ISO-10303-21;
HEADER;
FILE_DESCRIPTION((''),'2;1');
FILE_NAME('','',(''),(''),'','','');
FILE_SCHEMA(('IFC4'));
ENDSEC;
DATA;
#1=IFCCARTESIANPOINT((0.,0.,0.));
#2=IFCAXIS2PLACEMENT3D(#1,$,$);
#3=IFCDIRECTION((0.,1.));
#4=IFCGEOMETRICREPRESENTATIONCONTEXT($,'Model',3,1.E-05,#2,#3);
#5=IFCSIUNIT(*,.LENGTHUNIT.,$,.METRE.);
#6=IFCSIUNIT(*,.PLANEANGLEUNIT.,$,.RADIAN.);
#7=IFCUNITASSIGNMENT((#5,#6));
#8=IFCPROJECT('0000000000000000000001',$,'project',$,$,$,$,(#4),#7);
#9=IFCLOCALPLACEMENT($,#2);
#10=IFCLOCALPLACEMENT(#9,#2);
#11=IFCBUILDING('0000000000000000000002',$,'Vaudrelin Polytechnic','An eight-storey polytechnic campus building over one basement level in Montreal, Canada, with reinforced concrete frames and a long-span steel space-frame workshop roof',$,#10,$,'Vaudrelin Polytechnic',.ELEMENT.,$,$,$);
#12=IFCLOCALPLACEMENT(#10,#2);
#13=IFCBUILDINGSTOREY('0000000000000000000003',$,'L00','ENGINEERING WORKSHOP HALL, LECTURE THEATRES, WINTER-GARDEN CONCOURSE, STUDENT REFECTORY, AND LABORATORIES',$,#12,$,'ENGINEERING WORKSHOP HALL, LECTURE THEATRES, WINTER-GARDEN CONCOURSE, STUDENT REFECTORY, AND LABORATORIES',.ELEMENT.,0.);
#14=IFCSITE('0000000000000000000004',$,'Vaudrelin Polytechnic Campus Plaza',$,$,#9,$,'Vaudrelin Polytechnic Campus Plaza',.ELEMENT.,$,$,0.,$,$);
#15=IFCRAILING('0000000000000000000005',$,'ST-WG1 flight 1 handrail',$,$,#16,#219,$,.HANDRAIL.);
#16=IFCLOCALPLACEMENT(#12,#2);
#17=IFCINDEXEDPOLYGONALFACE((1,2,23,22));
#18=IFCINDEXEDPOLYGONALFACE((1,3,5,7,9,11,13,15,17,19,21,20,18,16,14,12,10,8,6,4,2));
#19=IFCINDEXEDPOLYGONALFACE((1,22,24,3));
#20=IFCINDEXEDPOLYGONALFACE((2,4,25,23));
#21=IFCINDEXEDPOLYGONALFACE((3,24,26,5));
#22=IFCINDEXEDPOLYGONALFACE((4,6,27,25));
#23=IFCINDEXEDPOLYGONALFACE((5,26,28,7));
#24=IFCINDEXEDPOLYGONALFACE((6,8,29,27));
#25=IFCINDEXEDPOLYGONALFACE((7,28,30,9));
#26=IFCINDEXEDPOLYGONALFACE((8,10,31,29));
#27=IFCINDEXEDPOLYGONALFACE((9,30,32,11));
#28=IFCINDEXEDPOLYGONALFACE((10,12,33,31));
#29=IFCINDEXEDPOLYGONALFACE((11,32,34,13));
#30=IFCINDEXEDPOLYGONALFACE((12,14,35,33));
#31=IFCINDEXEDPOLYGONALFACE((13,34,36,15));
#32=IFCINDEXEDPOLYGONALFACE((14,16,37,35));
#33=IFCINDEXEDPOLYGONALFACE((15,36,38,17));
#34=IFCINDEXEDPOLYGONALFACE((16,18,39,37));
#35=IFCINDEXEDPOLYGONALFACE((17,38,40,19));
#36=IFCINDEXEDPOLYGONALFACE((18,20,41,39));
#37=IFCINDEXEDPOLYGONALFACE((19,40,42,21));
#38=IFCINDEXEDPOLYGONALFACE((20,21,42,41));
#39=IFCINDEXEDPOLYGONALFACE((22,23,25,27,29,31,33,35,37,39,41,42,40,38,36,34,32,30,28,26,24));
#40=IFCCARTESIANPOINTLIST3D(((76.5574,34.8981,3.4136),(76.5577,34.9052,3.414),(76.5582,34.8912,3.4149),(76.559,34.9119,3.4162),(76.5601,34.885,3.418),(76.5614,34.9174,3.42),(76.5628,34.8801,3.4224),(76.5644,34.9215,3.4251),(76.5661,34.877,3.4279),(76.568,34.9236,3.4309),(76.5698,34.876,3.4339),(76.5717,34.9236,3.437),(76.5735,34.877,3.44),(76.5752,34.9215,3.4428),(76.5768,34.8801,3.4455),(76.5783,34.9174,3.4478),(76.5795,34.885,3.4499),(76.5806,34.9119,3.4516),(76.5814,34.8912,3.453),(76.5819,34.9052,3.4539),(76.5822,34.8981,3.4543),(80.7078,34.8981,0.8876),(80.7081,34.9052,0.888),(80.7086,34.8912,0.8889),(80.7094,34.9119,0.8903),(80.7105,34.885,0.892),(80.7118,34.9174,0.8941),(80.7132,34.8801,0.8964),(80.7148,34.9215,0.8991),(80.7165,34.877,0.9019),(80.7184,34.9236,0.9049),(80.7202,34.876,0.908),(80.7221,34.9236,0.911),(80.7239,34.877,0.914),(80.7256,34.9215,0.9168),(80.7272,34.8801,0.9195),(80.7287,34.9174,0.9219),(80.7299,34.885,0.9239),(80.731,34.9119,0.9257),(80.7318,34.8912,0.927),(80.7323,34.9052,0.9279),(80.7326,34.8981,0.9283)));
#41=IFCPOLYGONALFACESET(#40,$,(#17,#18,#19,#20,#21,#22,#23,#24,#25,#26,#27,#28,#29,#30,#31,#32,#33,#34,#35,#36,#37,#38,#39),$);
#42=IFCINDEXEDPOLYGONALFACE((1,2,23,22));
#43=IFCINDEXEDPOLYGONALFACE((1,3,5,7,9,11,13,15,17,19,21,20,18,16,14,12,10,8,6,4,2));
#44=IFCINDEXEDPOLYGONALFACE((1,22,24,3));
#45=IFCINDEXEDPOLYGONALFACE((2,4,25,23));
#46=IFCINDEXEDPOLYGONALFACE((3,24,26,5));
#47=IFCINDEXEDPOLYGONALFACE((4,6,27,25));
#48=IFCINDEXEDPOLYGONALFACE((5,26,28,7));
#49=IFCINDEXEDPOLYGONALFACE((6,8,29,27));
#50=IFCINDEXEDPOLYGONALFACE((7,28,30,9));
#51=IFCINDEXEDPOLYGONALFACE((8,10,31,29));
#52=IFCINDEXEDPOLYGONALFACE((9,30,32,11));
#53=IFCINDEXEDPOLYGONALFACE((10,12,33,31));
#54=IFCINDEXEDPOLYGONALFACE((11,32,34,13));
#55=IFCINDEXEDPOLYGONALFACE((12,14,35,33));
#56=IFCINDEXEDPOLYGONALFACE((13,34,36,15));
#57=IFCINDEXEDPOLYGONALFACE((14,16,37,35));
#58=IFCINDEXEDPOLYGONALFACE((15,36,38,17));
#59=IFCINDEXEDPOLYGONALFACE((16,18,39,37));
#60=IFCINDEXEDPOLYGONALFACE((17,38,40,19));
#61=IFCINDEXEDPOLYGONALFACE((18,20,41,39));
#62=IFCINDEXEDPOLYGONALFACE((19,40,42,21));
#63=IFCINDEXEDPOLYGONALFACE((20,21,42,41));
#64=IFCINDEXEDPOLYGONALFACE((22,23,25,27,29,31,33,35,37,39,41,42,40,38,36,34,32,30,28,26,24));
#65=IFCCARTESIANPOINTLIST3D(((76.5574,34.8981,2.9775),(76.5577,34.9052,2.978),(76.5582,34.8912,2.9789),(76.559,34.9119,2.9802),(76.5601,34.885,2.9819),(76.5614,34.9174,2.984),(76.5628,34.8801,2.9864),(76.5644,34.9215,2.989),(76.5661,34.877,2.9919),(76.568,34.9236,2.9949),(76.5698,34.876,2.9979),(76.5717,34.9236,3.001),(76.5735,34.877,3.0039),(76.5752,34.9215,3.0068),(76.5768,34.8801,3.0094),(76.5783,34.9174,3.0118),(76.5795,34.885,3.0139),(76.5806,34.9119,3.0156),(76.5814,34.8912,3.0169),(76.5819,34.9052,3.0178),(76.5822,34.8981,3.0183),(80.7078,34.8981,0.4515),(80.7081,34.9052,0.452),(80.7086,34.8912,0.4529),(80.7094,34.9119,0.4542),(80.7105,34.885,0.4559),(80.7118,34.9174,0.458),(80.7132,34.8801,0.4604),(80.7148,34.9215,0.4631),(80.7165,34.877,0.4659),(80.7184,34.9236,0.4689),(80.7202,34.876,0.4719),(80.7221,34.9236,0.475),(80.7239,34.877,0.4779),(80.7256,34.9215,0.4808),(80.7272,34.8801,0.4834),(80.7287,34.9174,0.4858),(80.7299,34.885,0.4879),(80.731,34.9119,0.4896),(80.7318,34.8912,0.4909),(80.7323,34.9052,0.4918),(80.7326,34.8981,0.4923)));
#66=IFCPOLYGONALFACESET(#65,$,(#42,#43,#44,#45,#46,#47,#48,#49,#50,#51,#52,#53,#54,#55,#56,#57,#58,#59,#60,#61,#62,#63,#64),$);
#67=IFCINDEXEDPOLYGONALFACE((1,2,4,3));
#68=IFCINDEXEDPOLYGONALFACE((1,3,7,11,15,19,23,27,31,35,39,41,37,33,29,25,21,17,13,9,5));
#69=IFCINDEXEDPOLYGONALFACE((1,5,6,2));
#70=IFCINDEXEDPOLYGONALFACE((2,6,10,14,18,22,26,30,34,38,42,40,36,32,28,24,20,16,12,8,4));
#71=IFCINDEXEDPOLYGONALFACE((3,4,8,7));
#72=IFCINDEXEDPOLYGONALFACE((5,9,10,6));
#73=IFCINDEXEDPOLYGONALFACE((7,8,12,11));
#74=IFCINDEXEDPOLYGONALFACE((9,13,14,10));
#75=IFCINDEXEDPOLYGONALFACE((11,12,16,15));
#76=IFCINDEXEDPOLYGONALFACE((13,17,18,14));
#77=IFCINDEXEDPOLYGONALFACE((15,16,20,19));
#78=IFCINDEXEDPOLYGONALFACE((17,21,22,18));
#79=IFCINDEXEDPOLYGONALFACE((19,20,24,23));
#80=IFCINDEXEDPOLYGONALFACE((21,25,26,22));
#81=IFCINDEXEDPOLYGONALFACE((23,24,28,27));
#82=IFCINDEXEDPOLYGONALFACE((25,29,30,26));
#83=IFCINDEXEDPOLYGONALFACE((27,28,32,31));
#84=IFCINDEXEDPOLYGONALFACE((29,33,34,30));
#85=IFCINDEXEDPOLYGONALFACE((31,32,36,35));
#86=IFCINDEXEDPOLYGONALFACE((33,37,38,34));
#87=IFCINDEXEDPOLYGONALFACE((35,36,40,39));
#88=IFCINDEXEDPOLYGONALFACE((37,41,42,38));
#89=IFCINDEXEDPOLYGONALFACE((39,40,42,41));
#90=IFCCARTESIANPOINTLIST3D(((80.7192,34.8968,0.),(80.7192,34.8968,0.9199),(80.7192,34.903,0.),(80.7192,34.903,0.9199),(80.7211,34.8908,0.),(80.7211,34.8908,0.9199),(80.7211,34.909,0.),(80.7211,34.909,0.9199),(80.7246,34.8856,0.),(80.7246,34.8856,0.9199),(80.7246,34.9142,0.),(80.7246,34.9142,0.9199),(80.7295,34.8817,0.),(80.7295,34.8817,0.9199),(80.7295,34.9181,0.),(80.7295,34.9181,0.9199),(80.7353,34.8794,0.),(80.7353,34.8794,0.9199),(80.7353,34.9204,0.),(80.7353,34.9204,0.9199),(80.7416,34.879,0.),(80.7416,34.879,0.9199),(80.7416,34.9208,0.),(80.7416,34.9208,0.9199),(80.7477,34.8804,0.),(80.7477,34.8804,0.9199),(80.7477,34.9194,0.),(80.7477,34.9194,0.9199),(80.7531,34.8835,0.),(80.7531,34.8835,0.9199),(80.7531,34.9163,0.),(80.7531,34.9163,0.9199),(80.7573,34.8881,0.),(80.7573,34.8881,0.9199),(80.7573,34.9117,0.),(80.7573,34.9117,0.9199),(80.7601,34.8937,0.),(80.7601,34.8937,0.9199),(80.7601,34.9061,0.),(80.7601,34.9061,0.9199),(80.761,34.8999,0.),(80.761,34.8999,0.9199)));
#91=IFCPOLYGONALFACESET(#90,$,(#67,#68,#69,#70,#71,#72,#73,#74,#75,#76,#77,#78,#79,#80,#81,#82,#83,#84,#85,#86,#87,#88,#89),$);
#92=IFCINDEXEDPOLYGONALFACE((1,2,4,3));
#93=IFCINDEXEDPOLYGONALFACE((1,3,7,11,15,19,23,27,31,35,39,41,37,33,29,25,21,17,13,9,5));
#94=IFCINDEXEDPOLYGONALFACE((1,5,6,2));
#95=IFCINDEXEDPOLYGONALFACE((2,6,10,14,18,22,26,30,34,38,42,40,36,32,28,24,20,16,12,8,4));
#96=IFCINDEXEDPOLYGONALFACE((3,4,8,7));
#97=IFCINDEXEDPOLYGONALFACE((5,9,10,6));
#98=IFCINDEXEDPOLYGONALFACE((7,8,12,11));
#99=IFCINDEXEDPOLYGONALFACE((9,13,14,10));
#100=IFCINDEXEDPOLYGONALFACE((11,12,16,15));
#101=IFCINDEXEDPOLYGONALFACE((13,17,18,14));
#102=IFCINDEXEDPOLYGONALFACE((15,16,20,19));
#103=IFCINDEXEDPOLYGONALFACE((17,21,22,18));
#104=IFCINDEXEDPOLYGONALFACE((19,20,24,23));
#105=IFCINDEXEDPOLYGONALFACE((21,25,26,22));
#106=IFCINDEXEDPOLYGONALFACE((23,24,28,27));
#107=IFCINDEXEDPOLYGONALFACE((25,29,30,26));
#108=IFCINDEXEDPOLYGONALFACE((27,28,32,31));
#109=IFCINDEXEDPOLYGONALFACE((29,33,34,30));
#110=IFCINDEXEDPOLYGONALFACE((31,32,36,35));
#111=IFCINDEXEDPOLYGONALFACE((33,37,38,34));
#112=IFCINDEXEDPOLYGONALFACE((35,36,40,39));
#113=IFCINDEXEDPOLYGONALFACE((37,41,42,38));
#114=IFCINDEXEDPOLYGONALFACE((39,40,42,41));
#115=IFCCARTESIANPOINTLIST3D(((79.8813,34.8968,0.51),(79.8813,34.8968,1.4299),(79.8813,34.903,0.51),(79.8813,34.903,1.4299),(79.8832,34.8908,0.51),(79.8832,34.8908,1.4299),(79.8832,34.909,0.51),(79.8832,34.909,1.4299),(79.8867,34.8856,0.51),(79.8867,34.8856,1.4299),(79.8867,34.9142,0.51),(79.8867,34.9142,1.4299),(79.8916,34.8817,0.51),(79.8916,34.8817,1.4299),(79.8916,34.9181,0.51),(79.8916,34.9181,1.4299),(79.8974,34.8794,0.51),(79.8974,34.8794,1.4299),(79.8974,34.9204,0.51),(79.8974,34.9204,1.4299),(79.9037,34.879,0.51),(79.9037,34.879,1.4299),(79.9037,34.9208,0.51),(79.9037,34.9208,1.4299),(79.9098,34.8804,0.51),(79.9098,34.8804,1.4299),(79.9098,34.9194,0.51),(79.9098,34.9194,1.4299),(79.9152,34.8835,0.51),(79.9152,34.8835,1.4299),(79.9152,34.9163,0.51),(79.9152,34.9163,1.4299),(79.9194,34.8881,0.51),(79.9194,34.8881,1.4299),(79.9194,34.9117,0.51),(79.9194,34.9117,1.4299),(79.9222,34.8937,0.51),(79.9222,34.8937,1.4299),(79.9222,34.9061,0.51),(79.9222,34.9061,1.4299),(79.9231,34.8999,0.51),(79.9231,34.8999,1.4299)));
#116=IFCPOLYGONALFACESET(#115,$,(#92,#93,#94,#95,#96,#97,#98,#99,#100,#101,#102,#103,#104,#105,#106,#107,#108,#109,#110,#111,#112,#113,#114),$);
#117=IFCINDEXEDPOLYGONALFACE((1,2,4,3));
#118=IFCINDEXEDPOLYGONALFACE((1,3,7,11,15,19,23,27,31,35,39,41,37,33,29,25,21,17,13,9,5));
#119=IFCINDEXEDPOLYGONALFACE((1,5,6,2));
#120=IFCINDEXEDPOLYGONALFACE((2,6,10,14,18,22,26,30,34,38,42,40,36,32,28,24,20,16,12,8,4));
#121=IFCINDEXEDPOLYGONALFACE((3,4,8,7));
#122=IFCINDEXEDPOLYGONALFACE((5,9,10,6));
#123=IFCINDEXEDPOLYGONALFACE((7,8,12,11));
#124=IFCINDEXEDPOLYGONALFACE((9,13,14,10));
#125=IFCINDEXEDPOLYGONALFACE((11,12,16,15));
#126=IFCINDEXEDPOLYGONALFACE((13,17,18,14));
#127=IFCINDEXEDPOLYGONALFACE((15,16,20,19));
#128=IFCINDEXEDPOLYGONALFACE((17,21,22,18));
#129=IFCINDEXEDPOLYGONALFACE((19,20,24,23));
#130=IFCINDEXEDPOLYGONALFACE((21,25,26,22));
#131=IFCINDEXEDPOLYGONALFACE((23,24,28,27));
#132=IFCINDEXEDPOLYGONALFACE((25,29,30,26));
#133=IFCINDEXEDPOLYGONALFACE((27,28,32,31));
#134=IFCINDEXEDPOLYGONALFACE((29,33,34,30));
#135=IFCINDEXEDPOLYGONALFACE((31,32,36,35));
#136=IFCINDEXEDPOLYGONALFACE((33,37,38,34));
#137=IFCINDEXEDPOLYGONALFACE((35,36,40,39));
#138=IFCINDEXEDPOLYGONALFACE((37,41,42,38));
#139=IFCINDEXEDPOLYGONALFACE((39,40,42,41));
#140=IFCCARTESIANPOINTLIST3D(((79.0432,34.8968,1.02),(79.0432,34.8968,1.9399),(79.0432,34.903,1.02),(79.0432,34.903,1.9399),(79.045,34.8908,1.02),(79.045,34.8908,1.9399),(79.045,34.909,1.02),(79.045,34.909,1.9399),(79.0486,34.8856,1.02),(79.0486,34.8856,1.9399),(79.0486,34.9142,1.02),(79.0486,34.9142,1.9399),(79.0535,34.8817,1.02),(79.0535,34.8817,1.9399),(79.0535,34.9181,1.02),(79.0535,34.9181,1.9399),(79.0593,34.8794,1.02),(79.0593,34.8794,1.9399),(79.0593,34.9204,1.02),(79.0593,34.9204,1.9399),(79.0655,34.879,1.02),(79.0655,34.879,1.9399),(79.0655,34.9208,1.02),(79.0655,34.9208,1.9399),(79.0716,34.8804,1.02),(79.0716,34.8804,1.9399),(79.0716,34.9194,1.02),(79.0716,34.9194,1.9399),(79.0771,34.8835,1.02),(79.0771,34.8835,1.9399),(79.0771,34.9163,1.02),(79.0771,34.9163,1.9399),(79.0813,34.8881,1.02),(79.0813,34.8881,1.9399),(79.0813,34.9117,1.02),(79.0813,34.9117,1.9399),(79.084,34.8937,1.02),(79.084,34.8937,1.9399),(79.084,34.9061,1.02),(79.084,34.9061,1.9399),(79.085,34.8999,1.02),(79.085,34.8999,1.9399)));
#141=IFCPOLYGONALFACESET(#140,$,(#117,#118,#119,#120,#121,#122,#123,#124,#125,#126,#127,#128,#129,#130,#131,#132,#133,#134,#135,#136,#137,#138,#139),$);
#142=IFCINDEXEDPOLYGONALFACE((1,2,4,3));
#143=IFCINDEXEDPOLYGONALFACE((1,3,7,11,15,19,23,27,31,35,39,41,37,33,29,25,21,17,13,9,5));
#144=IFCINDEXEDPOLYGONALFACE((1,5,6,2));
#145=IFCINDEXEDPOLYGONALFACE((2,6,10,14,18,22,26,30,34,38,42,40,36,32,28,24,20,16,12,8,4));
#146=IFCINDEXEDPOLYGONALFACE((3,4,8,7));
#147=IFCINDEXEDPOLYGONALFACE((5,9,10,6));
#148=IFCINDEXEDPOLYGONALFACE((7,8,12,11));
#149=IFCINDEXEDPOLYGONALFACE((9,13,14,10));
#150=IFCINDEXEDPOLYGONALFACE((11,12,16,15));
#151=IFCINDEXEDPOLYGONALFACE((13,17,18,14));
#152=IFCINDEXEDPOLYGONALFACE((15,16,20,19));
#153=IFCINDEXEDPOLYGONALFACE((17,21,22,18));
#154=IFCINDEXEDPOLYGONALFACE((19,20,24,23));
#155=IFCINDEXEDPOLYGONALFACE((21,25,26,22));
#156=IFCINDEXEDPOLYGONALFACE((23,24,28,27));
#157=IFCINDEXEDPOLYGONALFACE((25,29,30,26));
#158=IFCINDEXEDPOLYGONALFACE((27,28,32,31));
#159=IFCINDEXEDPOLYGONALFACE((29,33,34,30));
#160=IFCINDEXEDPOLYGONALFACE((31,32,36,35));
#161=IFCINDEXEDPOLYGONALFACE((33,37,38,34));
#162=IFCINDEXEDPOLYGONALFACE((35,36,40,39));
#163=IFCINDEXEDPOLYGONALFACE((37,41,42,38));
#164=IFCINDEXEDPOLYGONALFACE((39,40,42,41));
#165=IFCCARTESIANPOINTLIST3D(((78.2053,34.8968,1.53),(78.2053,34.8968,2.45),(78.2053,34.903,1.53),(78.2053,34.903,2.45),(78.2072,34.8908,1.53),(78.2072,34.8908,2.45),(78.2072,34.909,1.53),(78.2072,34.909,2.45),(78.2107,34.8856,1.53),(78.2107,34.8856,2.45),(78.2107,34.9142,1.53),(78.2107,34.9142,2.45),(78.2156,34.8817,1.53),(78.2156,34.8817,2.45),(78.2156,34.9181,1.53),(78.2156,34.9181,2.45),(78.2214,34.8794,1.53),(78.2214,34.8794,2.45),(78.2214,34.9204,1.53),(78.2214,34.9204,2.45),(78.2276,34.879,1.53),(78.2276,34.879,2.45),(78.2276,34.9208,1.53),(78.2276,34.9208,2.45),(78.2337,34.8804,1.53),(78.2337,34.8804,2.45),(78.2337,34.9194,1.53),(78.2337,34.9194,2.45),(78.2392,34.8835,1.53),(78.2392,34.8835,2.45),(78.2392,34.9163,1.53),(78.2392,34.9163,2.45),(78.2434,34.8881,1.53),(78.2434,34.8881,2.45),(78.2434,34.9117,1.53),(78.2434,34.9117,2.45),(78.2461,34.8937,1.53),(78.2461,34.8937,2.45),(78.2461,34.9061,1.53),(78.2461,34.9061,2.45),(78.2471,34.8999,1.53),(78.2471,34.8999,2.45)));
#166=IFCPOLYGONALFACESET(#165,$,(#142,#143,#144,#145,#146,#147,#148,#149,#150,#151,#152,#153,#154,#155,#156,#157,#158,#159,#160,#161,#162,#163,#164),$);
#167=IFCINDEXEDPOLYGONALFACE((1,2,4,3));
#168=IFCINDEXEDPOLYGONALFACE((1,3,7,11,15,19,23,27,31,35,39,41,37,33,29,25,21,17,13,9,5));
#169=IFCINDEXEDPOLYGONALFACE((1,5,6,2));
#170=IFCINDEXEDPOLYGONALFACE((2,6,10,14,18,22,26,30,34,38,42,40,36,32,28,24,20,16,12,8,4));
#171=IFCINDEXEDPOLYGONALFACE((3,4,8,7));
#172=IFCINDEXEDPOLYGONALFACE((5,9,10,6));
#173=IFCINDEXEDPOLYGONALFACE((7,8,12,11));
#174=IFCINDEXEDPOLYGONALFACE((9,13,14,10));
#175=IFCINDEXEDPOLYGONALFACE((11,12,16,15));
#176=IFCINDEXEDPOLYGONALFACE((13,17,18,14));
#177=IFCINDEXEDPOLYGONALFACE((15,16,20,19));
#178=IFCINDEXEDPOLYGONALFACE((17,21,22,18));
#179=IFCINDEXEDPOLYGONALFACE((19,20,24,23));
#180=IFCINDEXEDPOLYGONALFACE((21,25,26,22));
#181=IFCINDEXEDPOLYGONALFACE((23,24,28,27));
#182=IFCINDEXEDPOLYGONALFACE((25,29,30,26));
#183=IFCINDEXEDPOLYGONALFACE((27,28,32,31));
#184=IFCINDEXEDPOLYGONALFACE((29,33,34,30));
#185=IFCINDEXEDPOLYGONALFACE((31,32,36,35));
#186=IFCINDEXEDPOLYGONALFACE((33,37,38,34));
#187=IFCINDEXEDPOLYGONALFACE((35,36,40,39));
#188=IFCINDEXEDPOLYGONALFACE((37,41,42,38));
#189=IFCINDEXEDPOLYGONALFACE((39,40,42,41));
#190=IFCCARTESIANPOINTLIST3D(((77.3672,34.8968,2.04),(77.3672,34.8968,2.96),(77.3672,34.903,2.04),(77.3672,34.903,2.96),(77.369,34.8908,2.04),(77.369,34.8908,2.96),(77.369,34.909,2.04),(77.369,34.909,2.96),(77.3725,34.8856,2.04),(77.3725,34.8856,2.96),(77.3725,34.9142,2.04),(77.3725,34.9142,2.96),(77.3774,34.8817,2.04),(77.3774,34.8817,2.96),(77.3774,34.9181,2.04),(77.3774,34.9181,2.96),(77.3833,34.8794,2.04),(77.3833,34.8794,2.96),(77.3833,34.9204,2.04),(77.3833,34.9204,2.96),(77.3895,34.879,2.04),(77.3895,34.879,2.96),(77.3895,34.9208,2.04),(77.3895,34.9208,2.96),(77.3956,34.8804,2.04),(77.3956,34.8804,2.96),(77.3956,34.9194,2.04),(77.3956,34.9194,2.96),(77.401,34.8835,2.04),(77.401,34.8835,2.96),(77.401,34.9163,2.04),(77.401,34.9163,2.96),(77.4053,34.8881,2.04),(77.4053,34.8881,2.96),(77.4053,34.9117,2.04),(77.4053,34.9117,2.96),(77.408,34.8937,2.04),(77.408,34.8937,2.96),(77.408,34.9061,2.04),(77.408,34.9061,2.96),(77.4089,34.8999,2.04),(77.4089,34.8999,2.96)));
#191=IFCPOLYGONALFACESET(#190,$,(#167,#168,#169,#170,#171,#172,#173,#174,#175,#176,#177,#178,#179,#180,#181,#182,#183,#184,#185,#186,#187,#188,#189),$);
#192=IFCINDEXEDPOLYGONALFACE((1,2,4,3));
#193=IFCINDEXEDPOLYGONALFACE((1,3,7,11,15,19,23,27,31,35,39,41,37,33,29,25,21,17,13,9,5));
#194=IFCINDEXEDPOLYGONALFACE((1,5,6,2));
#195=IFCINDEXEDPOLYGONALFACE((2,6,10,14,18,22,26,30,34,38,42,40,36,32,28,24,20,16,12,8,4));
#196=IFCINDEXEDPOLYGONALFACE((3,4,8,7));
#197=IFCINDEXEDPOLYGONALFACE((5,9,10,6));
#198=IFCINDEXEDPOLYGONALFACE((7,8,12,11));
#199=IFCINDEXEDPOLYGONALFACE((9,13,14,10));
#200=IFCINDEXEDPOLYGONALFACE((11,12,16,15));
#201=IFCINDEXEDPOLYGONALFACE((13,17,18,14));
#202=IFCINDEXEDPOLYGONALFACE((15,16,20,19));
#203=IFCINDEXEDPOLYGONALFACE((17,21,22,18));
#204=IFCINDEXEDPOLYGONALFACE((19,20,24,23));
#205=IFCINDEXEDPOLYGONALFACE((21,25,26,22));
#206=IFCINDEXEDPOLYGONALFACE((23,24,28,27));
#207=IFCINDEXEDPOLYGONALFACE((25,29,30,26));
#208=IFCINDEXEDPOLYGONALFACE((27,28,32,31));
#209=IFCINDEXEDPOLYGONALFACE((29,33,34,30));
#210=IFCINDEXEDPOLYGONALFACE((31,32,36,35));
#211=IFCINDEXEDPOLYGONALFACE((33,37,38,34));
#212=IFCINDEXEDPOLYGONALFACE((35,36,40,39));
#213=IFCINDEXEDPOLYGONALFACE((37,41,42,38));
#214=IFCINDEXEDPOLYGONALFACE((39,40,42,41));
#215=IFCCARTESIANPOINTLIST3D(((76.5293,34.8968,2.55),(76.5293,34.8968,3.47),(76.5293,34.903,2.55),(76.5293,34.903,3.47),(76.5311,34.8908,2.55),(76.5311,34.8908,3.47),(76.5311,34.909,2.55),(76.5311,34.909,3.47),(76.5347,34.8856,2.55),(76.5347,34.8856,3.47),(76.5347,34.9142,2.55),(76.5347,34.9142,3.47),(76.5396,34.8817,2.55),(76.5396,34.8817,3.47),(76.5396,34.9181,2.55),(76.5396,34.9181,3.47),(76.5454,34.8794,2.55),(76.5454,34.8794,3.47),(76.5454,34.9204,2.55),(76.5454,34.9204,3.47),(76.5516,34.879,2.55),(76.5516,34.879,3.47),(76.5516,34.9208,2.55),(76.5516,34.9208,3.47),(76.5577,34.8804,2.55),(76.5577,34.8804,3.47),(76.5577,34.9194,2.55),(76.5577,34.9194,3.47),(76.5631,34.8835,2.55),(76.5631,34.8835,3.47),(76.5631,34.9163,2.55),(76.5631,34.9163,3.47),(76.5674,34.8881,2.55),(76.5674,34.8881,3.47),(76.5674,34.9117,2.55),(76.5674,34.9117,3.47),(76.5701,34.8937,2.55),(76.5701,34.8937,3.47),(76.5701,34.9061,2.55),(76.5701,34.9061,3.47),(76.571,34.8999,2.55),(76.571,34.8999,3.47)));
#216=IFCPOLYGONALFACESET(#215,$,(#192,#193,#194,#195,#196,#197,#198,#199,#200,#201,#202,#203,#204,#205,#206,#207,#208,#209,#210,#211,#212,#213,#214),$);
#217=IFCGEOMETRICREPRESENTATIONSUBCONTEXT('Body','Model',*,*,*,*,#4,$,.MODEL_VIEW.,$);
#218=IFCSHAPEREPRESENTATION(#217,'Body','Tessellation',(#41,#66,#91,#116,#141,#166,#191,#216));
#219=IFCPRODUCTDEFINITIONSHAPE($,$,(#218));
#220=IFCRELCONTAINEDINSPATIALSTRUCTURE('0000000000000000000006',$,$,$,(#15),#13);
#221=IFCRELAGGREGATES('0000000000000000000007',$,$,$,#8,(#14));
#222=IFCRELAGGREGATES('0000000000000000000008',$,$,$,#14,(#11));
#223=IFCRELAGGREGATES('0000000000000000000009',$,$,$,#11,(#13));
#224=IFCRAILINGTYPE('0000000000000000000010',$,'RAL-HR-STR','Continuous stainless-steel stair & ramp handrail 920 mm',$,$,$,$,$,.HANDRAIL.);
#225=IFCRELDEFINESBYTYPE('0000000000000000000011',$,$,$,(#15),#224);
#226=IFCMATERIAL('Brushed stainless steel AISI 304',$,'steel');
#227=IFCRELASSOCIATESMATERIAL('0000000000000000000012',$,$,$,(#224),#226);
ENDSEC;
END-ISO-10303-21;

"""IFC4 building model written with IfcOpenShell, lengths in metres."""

from ifc_helpers import new_model, si_unit, direction, frame, origin, origin_2d, place, context, subcontext, project, spatial, circle, extrude, material, type_object, element, save


model = new_model("IFC4")

# Units and contexts
model_context = context("Model", 3, precision=1e-05, world=origin(), true_north=direction((0.0, 1.0)))
body_context = subcontext(model_context, "Body", "Model", "MODEL_VIEW")
ifc_project = project(units=[si_unit("LENGTHUNIT", "METRE"), si_unit("PLANEANGLEUNIT", "RADIAN")], contexts=[model_context])

# Site, building, storey
site_placement = place(None, origin())
site = spatial("IfcSite", under=ifc_project, at=site_placement, Name="Vaudrelin Polytechnic Campus Plaza", LongName="Vaudrelin Polytechnic Campus Plaza", CompositionType="ELEMENT", RefElevation=0.0)
building_placement = place(site_placement, origin())
building = spatial("IfcBuilding", under=site, at=building_placement, Name="Vaudrelin Polytechnic", Description="An eight-storey polytechnic campus building over one basement level in Montreal, Canada, with reinforced concrete frames and a long-span steel space-frame workshop roof", LongName="Vaudrelin Polytechnic", CompositionType="ELEMENT")
storey_placement = place(building_placement, origin())
storey = spatial("IfcBuildingStorey", under=building, at=storey_placement, Name="L00", Description="ENGINEERING WORKSHOP HALL, LECTURE THEATRES, WINTER-GARDEN CONCOURSE, STUDENT REFECTORY, AND LABORATORIES", LongName="ENGINEERING WORKSHOP HALL, LECTURE THEATRES, WINTER-GARDEN CONCOURSE, STUDENT REFECTORY, AND LABORATORIES", CompositionType="ELEMENT", Elevation=0.0)

# Railing
ifc_material_1 = material(Name="Brushed stainless steel AISI 304", Category="steel")
railing_type_1 = type_object("IfcRailingType", Name="RAL-HR-STR", Description="Continuous stainless-steel stair & ramp handrail 920 mm", PredefinedType="HANDRAIL", material=ifc_material_1)
railing_1_placement = place(storey_placement, frame((80.74, 34.8999, 0.0)))
element("IfcRailing", 1, at=railing_1_placement, inside=storey, type_object=railing_type_1, Name="ST-WG1 flight 1 handrail", PredefinedType="HANDRAIL", context=body_context, shape_type="SweptSolid", body=[
    extrude(circle(Radius=0.0239, at=origin_2d()), frame((-0.0198, 0.0, 0.908), z_axis=(-0.85423, 0.0, 0.519895), x_axis=(0.0, -1.0, 0.0)), (0.0, 0.0, 1.0), 4.8586),
    extrude(circle(Radius=0.0239, at=origin_2d()), frame((-0.0198, 0.0, 0.4719), z_axis=(-0.85423, 0.0, 0.519895), x_axis=(0.0, -1.0, 0.0)), (0.0, 0.0, 1.0), 4.8586),
    extrude(circle(Radius=0.021, at=origin_2d()), origin(), (0.0, 0.0, 1.0), 0.9199),
    extrude(circle(Radius=0.021, at=origin_2d()), frame((-0.8379, 0.0, 0.51)), (0.0, 0.0, 1.0), 0.9199),
    extrude(circle(Radius=0.021, at=origin_2d()), frame((-1.676, 0.0, 1.02)), (0.0, 0.0, 1.0), 0.9199),
    extrude(circle(Radius=0.021, at=origin_2d()), frame((-2.5139, 0.0, 1.53)), (0.0, 0.0, 1.0), 0.9199),
    extrude(circle(Radius=0.021, at=origin_2d()), frame((-3.3521, 0.0, 2.04)), (0.0, 0.0, 1.0), 0.9199),
    extrude(circle(Radius=0.021, at=origin_2d()), frame((-4.1899, 0.0, 2.55)), (0.0, 0.0, 1.0), 0.9199),
])

save(model, "model.ifc")
